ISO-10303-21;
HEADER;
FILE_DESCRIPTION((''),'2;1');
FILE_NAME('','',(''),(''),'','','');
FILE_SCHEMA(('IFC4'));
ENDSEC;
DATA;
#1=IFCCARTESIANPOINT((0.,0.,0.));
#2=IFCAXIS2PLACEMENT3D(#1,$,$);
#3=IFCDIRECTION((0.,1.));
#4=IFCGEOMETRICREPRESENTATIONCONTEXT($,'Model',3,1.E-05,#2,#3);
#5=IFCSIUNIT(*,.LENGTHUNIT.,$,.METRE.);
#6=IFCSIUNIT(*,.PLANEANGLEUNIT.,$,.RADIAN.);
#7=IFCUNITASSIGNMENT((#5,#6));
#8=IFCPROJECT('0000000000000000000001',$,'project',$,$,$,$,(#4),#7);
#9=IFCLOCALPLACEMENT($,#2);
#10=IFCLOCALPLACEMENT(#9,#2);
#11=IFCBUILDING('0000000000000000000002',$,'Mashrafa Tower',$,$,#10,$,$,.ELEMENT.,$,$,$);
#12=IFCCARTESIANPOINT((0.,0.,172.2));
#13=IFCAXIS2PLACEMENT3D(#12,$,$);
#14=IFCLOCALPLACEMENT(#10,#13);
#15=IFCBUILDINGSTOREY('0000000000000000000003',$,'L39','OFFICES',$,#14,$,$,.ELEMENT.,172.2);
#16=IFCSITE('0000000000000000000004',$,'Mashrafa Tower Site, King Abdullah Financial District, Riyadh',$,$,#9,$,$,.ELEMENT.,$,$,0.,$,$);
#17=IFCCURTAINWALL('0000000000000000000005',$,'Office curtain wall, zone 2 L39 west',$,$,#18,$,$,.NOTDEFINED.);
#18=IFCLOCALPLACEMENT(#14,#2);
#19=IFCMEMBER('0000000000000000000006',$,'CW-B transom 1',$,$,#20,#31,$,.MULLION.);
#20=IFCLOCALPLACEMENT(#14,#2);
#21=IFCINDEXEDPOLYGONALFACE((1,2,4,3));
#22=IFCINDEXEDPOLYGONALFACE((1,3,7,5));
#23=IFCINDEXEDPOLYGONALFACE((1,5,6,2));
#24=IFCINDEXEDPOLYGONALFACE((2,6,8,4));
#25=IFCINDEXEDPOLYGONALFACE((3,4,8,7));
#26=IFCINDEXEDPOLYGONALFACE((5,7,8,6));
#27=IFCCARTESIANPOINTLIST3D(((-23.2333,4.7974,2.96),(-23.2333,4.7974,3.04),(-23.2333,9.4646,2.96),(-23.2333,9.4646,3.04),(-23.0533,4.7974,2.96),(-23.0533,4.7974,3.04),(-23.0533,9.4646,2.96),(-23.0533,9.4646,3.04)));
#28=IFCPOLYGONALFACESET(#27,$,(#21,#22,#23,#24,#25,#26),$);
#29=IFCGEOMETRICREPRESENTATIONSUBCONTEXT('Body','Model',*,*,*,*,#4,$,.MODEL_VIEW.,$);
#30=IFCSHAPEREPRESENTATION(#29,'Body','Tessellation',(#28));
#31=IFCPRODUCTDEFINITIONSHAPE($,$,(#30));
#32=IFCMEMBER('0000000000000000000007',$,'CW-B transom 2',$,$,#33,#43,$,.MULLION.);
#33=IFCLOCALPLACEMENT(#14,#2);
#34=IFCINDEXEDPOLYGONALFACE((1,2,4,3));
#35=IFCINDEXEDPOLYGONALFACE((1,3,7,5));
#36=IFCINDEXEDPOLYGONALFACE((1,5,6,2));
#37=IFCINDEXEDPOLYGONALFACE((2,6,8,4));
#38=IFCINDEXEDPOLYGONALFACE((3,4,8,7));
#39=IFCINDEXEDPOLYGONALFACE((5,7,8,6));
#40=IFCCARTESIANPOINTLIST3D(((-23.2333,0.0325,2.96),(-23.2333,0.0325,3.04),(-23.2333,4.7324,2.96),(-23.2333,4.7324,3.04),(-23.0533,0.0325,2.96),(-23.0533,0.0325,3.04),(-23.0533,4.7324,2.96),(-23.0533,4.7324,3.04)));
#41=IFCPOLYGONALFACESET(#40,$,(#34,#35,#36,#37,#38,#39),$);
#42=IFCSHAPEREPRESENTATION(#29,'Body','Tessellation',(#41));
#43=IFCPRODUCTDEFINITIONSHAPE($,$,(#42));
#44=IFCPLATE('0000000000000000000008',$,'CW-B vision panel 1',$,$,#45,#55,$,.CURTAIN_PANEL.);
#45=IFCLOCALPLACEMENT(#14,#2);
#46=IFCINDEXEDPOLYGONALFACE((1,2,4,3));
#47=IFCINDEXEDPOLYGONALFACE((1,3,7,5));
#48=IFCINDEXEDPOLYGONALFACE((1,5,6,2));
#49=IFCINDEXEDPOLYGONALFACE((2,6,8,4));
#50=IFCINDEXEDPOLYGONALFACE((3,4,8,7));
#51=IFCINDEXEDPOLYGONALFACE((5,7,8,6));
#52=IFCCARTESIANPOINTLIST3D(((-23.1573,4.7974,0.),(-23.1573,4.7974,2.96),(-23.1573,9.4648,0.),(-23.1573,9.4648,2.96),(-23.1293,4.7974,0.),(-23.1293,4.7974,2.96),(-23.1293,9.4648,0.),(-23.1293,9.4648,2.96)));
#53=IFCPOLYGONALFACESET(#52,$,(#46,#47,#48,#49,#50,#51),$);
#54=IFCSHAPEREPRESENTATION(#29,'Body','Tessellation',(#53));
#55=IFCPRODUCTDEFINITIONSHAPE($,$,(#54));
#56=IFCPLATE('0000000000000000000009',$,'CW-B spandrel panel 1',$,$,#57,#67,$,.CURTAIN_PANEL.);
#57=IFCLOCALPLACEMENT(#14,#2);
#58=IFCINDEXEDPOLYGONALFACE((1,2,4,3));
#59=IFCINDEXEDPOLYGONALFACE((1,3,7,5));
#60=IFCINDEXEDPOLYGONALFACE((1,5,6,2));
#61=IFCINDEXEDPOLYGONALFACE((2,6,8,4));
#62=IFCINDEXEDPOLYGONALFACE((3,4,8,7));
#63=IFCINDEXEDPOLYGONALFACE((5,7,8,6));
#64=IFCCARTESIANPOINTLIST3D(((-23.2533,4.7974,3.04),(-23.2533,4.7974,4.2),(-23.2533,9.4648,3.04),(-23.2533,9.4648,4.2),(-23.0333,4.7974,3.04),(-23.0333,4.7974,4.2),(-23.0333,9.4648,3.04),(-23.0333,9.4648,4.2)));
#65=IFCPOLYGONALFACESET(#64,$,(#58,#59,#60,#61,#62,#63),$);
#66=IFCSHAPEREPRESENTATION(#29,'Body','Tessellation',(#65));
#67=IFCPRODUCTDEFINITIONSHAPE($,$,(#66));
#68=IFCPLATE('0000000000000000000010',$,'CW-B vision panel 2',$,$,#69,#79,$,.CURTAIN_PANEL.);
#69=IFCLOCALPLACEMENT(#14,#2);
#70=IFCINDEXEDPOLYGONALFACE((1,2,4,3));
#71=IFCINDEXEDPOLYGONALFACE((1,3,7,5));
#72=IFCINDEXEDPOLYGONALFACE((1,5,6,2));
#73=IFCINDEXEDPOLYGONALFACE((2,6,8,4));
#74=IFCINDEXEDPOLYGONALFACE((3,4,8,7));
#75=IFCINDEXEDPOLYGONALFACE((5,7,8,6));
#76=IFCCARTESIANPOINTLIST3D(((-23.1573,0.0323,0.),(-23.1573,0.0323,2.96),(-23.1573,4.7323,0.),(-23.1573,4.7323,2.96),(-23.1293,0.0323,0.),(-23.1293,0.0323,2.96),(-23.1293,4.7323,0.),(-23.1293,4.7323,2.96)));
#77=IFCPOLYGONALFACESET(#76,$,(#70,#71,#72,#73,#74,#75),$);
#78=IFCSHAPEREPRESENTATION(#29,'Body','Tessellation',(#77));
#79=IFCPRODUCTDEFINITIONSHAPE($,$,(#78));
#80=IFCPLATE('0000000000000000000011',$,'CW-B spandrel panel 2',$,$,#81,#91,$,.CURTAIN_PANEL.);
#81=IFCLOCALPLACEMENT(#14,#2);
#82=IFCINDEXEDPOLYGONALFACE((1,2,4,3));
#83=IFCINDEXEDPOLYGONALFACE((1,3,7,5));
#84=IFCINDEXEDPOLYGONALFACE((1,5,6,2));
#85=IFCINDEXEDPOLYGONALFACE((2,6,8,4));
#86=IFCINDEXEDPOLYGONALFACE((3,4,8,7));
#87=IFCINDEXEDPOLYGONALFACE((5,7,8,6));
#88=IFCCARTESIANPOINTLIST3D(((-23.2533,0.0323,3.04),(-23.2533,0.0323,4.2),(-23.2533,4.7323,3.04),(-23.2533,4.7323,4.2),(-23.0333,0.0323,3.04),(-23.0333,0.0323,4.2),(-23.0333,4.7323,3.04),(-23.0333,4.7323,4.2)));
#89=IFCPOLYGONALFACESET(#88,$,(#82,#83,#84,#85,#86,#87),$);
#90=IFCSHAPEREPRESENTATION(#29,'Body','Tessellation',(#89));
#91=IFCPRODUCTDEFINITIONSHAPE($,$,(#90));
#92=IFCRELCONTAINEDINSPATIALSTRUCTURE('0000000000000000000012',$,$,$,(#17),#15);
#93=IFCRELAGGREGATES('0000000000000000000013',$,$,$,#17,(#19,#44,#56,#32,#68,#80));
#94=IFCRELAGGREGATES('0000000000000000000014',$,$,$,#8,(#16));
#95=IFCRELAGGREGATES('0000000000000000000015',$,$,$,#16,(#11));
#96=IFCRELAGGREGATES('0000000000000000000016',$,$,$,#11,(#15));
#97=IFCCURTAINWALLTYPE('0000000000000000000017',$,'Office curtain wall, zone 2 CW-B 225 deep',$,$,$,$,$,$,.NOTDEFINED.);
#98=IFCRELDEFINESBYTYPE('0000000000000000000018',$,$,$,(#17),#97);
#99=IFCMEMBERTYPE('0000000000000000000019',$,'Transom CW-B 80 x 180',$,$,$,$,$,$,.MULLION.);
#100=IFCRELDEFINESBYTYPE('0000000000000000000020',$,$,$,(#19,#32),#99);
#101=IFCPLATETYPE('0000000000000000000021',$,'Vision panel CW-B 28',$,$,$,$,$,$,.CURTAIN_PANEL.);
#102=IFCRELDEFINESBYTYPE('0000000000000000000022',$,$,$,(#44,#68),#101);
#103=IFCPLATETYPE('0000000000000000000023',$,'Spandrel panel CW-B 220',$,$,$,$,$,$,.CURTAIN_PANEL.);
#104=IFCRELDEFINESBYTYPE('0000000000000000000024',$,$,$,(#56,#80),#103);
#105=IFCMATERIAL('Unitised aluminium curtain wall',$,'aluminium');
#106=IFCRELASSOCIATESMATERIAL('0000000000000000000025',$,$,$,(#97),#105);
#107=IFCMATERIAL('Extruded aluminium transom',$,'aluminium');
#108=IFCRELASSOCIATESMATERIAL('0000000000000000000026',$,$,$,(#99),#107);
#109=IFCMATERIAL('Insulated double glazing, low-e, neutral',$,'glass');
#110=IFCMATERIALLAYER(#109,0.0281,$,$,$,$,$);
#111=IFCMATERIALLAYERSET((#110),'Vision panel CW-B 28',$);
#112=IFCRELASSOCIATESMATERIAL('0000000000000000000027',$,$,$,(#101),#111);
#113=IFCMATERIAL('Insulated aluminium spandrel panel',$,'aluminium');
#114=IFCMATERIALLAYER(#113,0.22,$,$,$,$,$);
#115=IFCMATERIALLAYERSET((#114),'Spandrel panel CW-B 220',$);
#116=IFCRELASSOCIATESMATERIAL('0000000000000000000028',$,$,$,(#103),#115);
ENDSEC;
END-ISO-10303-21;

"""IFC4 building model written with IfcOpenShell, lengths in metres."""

from ifc_helpers import new_model, si_unit, direction, frame, origin, origin_2d, place, context, subcontext, project, spatial, rectangle, extrude, source, transform, mapped, material, layer, layer_set, material_profile, profile_set, type_object, type_shapes, element, aggregate, save


model = new_model("IFC4")

# Units and contexts
model_context = context("Model", 3, precision=1e-05, world=origin(), true_north=direction((0.0, 1.0)))
body_context = subcontext(model_context, "Body", "Model", "MODEL_VIEW")
ifc_project = project(units=[si_unit("LENGTHUNIT", "METRE"), si_unit("PLANEANGLEUNIT", "RADIAN")], contexts=[model_context])

# Site, building, storey
site_placement = place(None, origin())
site = spatial("IfcSite", under=ifc_project, at=site_placement, Name="Mashrafa Tower Site, King Abdullah Financial District, Riyadh", CompositionType="ELEMENT", RefElevation=0.0)
building_placement = place(site_placement, origin())
building = spatial("IfcBuilding", under=site, at=building_placement, Name="Mashrafa Tower", CompositionType="ELEMENT")
storey_placement = place(building_placement, frame((0.0, 0.0, 172.2)))
storey = spatial("IfcBuildingStorey", under=building, at=storey_placement, Name="L39", Description="OFFICES", CompositionType="ELEMENT", Elevation=172.2)

# Shared definitions
ifc_material_1 = material(Name="Unitised aluminium curtain wall", Category="aluminium")
curtain_wall_type = type_object("IfcCurtainWallType", Name="Office curtain wall, zone 2 CW-B 225 deep", PredefinedType="NOTDEFINED", material=ifc_material_1)

# Curtain wall, members, plates
curtain_wall_1_placement = place(storey_placement, origin())
curtain_wall_1 = element("IfcCurtainWall", 1, at=curtain_wall_1_placement, inside=storey, type_object=curtain_wall_type, Name="Office curtain wall, zone 2 L39 west", PredefinedType="NOTDEFINED")
ifc_material_2 = material(Name="Extruded aluminium transom", Category="aluminium")
ifc_material_profile_1 = material_profile(ifc_material_2, rectangle(XDim=0.1799, YDim=0.0801, at=origin_2d()), Name="Transom 80x180")
ifc_profile_set_1 = profile_set([ifc_material_profile_1], Name="Extruded aluminium transom")
member_type_1 = type_object("IfcMemberType", Name="Transom CW-B 80 x 180", PredefinedType="MULLION", material=ifc_profile_set_1)
shared_shape_1 = source(origin(), body_context, "Body", "SweptSolid", [
    extrude(rectangle(XDim=0.1799, YDim=0.0801, at=origin_2d()), origin(), (0.0, 0.0, 1.0), 4.6672),
])
member_1_placement = place(storey_placement, frame((-23.1433, 9.4646, 3.0), z_axis=(0.0, -1.0, 0.0), x_axis=(1.0, 0.0, 0.0)))
member_1 = element("IfcMember", 2, at=member_1_placement, type_object=member_type_1, Name="CW-B transom 1", PredefinedType="MULLION", context=body_context, shape_type="MappedRepresentation", body=[
    mapped(shared_shape_1, transform((0.0, 0.0, 0.0))),
])
shared_shape_2 = source(origin(), body_context, "Body", "SweptSolid", [
    extrude(rectangle(XDim=0.1799, YDim=0.0801, at=origin_2d()), origin(), (0.0, 0.0, 1.0), 4.7),
])
type_shapes(member_type_1, [shared_shape_1, shared_shape_2])
member_2_placement = place(storey_placement, frame((-23.1433, 4.7324, 3.0), z_axis=(0.0, -1.0, 0.0), x_axis=(1.0, 0.0, 0.0)))
member_2 = element("IfcMember", 3, at=member_2_placement, type_object=member_type_1, Name="CW-B transom 2", PredefinedType="MULLION", context=body_context, shape_type="MappedRepresentation", body=[
    mapped(shared_shape_2, transform((0.0, 0.0, 0.0))),
])
ifc_material_3 = material(Name="Insulated double glazing, low-e, neutral", Category="glass")
ifc_layer_1 = layer(ifc_material_3, 0.0281)
ifc_layer_set_1 = layer_set([ifc_layer_1], Name="Vision panel CW-B 28")
plate_type_1 = type_object("IfcPlateType", Name="Vision panel CW-B 28", PredefinedType="CURTAIN_PANEL", material=ifc_layer_set_1)
shared_shape_3 = source(origin(), body_context, "Body", "SweptSolid", [
    extrude(rectangle(XDim=4.6675, YDim=0.0281, at=origin_2d()), origin(), (0.0, 0.0, 1.0), 2.96),
])
plate_1_placement = place(storey_placement, frame((-23.1433, 7.1311, 0.0), z_axis=(0.0, 0.0, 1.0), x_axis=(0.0, -1.0, 0.0)))
plate_1 = element("IfcPlate", 4, at=plate_1_placement, type_object=plate_type_1, Name="CW-B vision panel 1", PredefinedType="CURTAIN_PANEL", context=body_context, shape_type="MappedRepresentation", body=[
    mapped(shared_shape_3, transform((0.0, 0.0, 0.0))),
])
ifc_material_4 = material(Name="Insulated aluminium spandrel panel", Category="aluminium")
ifc_layer_2 = layer(ifc_material_4, 0.22)
ifc_layer_set_2 = layer_set([ifc_layer_2], Name="Spandrel panel CW-B 220")
plate_type_2 = type_object("IfcPlateType", Name="Spandrel panel CW-B 220", PredefinedType="CURTAIN_PANEL", material=ifc_layer_set_2)
shared_shape_4 = source(origin(), body_context, "Body", "SweptSolid", [
    extrude(rectangle(XDim=4.6675, YDim=0.22, at=origin_2d()), origin(), (0.0, 0.0, 1.0), 1.1599),
])
plate_2_placement = place(storey_placement, frame((-23.1433, 7.1311, 3.04), z_axis=(0.0, 0.0, 1.0), x_axis=(0.0, -1.0, 0.0)))
plate_2 = element("IfcPlate", 5, at=plate_2_placement, type_object=plate_type_2, Name="CW-B spandrel panel 1", PredefinedType="CURTAIN_PANEL", context=body_context, shape_type="MappedRepresentation", body=[
    mapped(shared_shape_4, transform((0.0, 0.0, 0.0))),
])
shared_shape_5 = source(origin(), body_context, "Body", "SweptSolid", [
    extrude(rectangle(XDim=4.7, YDim=0.0281, at=origin_2d()), origin(), (0.0, 0.0, 1.0), 2.96),
])
type_shapes(plate_type_1, [shared_shape_3, shared_shape_5])
plate_3_placement = place(storey_placement, frame((-23.1433, 2.3823, 0.0), z_axis=(0.0, 0.0, 1.0), x_axis=(0.0, -1.0, 0.0)))
plate_3 = element("IfcPlate", 6, at=plate_3_placement, type_object=plate_type_1, Name="CW-B vision panel 2", PredefinedType="CURTAIN_PANEL", context=body_context, shape_type="MappedRepresentation", body=[
    mapped(shared_shape_5, transform((0.0, 0.0, 0.0))),
])
shared_shape_6 = source(origin(), body_context, "Body", "SweptSolid", [
    extrude(rectangle(XDim=4.7, YDim=0.22, at=origin_2d()), origin(), (0.0, 0.0, 1.0), 1.1599),
])
type_shapes(plate_type_2, [shared_shape_4, shared_shape_6])
plate_4_placement = place(storey_placement, frame((-23.1433, 2.3823, 3.04), z_axis=(0.0, 0.0, 1.0), x_axis=(0.0, -1.0, 0.0)))
plate_4 = element("IfcPlate", 7, at=plate_4_placement, type_object=plate_type_2, Name="CW-B spandrel panel 2", PredefinedType="CURTAIN_PANEL", context=body_context, shape_type="MappedRepresentation", body=[
    mapped(shared_shape_6, transform((0.0, 0.0, 0.0))),
])
aggregate(curtain_wall_1, [member_1, plate_1, plate_2, member_2, plate_3, plate_4])

save(model, "model.ifc")
